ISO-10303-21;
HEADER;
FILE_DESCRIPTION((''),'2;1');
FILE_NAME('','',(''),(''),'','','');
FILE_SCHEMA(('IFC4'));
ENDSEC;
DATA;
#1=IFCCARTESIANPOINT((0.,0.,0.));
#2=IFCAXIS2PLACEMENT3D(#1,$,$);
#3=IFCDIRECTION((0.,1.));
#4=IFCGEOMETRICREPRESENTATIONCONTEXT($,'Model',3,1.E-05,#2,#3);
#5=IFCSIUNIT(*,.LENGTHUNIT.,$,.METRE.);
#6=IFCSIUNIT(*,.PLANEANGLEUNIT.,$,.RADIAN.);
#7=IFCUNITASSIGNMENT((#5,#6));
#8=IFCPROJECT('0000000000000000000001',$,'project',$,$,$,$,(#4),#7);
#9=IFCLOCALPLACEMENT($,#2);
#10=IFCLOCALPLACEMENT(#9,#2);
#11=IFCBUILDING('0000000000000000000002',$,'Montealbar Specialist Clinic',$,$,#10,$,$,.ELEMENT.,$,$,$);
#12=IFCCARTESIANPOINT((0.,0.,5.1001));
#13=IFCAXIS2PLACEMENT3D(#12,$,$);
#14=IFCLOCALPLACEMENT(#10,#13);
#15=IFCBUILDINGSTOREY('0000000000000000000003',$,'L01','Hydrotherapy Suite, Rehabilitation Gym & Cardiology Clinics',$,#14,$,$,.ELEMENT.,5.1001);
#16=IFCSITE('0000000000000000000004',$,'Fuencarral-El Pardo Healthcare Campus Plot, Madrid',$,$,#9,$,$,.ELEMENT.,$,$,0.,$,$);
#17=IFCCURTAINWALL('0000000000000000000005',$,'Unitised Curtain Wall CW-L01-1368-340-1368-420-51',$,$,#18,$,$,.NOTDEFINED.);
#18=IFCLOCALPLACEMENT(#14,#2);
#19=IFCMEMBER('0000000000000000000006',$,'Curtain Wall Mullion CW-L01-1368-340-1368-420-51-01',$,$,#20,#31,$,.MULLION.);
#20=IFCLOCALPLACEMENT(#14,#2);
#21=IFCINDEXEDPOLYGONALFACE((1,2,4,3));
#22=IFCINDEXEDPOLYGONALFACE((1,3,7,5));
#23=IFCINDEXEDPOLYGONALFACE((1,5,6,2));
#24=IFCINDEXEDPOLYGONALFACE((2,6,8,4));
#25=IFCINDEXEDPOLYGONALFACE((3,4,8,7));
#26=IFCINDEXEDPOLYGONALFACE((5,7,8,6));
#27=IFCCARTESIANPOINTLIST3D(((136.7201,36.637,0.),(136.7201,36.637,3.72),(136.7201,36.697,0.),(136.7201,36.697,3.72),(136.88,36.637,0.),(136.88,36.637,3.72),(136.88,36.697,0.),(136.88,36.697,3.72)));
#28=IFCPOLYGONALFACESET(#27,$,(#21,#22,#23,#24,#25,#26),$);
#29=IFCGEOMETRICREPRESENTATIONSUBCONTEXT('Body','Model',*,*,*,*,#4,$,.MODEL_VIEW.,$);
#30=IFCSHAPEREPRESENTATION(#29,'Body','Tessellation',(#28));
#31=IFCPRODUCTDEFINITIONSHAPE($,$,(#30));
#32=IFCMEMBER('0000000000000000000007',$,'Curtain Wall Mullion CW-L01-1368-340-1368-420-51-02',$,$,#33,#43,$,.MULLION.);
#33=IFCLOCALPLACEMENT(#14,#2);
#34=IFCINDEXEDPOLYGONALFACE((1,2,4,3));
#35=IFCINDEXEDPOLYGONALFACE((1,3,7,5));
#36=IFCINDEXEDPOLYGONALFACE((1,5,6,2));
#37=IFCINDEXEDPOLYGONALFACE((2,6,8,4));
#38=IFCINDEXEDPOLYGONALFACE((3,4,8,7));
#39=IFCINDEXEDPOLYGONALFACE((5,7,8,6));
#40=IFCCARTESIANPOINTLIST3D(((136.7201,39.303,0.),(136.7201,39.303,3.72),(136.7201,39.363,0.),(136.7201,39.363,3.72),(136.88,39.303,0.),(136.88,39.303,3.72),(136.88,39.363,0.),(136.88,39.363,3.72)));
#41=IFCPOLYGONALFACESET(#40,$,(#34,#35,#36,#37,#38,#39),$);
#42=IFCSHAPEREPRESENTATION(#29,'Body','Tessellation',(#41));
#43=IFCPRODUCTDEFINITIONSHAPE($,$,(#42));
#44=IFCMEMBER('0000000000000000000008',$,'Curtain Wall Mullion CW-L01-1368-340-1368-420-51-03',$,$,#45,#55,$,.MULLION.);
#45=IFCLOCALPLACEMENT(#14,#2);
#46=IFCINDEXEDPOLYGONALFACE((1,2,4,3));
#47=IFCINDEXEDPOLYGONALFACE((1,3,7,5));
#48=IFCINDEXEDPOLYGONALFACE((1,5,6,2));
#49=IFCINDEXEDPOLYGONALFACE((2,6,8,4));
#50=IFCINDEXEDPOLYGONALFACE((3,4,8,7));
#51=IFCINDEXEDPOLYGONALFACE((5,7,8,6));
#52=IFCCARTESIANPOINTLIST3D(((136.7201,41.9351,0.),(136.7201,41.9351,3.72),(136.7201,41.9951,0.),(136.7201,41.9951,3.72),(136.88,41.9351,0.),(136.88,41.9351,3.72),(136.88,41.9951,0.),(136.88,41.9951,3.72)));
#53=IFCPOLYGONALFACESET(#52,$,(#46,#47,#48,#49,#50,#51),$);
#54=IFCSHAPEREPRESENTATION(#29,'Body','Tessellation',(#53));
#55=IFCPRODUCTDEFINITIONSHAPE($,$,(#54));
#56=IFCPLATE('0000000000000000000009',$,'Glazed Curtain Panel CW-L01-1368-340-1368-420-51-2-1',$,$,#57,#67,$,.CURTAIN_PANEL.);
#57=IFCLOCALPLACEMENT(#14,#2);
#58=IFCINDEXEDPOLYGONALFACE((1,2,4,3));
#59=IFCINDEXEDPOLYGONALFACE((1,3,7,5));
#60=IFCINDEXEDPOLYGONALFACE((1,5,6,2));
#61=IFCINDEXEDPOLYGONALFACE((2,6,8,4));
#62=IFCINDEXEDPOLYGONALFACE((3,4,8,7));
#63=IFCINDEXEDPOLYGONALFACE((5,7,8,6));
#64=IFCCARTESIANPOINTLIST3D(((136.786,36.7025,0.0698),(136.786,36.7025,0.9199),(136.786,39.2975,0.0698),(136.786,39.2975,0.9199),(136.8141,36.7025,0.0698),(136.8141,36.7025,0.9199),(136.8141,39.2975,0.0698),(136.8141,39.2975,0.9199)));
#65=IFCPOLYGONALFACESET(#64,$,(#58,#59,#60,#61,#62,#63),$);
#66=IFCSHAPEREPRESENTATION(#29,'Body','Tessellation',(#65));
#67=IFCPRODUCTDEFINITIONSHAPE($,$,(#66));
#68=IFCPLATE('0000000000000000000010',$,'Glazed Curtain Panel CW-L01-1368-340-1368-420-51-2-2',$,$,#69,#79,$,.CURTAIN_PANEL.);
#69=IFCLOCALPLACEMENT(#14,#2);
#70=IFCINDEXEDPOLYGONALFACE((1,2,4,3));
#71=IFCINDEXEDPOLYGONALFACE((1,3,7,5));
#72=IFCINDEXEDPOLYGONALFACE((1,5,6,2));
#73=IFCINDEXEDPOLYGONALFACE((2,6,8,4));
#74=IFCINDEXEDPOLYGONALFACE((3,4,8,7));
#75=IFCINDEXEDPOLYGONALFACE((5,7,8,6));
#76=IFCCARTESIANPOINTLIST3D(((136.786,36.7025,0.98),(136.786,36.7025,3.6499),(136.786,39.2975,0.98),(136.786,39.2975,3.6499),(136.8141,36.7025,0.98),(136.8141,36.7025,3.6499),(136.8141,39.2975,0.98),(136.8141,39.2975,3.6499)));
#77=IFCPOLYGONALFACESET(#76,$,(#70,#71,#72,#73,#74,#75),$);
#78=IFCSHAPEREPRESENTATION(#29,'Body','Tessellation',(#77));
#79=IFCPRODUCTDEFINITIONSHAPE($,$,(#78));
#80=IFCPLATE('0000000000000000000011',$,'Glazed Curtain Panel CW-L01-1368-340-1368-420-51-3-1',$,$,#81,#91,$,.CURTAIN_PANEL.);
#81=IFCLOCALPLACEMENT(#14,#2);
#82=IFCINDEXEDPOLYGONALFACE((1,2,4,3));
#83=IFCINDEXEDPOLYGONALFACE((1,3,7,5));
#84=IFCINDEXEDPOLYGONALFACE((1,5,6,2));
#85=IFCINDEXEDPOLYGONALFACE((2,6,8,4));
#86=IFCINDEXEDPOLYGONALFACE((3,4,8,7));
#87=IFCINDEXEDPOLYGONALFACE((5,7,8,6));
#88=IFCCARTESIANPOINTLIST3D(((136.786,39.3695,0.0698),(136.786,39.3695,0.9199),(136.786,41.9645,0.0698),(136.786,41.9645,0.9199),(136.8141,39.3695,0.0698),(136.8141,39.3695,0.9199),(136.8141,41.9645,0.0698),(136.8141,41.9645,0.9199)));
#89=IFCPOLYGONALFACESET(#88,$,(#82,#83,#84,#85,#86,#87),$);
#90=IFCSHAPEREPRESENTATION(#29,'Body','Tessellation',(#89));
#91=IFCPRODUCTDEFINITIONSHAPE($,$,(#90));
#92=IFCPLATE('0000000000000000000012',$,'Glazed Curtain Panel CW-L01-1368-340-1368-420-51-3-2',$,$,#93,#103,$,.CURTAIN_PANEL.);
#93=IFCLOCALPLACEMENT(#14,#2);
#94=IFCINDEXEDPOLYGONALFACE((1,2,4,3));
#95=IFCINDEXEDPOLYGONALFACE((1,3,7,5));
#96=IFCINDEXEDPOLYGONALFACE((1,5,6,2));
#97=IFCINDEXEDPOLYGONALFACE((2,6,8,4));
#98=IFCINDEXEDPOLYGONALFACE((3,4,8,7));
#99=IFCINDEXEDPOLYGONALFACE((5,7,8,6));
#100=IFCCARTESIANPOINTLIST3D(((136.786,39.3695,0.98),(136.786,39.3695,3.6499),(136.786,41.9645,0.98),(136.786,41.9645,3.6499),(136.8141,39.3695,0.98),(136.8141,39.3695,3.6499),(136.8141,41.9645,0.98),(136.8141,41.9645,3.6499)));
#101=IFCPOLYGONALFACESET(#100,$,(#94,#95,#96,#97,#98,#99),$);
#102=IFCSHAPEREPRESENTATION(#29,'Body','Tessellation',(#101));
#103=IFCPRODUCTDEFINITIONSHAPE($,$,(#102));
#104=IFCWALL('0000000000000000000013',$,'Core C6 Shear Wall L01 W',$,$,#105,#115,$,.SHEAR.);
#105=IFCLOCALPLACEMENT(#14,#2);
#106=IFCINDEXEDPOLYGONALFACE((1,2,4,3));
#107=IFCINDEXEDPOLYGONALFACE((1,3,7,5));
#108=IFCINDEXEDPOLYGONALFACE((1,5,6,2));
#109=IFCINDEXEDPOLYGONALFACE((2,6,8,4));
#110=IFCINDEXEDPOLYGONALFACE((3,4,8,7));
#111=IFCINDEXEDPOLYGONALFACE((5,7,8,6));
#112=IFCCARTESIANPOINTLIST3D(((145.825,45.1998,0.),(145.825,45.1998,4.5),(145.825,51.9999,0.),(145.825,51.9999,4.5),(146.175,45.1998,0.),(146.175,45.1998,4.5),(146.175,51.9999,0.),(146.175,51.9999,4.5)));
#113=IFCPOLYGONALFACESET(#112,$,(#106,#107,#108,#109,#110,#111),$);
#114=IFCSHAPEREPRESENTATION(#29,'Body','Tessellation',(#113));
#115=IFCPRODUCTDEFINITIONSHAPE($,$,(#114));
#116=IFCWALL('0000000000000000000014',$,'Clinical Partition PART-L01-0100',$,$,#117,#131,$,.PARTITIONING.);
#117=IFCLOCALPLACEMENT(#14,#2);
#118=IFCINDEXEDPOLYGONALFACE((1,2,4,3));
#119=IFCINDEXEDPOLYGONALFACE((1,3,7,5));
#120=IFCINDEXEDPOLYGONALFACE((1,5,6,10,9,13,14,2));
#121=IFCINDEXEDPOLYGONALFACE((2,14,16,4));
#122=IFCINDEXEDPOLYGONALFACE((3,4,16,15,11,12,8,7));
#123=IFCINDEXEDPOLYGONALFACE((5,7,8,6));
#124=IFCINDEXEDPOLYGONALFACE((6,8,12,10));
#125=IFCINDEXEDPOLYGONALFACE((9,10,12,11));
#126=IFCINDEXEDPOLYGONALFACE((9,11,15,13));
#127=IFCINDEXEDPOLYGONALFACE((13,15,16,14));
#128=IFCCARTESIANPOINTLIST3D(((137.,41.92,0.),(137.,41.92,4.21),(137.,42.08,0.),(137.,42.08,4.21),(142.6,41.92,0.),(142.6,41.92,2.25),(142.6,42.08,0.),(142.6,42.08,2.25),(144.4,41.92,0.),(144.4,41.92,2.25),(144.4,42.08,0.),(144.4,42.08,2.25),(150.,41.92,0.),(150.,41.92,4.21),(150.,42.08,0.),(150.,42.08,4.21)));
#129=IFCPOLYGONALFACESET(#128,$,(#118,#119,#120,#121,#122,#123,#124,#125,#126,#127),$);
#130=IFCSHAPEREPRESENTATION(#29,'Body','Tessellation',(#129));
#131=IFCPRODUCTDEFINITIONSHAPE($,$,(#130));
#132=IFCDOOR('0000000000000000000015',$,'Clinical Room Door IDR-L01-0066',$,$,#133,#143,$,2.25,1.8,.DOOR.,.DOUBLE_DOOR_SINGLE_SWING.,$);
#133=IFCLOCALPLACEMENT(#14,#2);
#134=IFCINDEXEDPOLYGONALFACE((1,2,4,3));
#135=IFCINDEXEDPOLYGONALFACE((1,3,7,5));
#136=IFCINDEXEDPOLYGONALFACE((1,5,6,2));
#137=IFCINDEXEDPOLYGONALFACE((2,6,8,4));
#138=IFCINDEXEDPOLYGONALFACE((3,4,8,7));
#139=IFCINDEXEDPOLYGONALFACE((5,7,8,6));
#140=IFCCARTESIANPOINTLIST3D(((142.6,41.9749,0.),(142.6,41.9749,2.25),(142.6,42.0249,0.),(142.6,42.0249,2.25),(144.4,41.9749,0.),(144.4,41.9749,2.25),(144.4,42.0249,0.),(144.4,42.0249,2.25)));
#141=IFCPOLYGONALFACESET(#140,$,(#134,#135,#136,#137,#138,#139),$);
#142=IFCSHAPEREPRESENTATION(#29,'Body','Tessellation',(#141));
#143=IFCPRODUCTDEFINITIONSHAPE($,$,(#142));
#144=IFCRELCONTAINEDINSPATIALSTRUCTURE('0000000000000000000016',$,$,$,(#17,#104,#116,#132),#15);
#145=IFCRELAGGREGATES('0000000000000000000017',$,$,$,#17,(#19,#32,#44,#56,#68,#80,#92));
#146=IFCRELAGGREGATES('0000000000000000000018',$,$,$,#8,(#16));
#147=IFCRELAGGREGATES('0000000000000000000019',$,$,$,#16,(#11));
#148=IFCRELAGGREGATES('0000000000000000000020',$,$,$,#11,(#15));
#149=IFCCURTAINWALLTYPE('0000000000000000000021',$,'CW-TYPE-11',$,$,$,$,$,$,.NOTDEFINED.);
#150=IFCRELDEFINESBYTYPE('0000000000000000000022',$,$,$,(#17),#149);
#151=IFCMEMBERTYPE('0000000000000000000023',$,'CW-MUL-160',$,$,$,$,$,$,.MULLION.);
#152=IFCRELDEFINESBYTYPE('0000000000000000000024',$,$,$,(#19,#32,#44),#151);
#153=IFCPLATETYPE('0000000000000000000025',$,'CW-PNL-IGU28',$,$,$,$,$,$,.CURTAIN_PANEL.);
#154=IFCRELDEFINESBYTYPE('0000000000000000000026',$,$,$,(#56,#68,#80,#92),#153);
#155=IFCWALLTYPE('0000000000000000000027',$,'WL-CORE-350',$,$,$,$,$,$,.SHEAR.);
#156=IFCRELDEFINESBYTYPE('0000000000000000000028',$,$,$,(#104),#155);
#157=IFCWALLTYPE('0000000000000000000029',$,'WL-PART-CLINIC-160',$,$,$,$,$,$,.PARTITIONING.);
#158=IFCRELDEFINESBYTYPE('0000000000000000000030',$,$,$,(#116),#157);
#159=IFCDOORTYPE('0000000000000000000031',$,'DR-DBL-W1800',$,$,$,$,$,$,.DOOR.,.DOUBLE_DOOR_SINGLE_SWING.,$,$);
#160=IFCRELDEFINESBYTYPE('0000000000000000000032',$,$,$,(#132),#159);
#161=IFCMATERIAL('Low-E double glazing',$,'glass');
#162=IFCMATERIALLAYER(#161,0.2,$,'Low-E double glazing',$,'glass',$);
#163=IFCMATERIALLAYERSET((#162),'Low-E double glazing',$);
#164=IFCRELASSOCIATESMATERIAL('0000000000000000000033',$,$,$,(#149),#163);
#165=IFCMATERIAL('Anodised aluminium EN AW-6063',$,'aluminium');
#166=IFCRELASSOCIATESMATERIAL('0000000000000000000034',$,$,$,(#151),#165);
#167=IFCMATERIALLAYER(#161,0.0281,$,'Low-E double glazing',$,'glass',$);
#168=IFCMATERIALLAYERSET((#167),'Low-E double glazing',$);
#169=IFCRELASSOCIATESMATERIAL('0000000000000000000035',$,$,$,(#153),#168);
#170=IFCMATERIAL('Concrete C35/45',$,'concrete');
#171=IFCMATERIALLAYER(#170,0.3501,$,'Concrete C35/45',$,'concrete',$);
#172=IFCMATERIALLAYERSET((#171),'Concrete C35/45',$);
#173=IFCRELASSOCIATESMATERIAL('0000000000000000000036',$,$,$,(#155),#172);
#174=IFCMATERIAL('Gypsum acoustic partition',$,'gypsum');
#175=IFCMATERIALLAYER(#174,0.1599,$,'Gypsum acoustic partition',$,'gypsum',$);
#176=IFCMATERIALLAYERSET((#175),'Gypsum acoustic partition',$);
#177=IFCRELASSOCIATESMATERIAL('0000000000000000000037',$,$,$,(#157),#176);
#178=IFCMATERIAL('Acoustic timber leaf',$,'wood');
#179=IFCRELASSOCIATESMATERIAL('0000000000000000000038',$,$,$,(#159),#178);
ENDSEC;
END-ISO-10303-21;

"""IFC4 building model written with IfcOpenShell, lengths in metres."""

from ifc_helpers import new_model, si_unit, direction, frame, frame_2d, origin, origin_2d, place, context, subcontext, project, spatial, rectangle, extrude, material, layer, layer_set, material_profile, profile_set, type_object, element, fill, aggregate, save


model = new_model("IFC4")

# Units and contexts
model_context = context("Model", 3, precision=1e-05, world=origin(), true_north=direction((0.0, 1.0)))
body_context = subcontext(model_context, "Body", "Model", "MODEL_VIEW")
ifc_project = project(units=[si_unit("LENGTHUNIT", "METRE"), si_unit("PLANEANGLEUNIT", "RADIAN")], contexts=[model_context])

# Site, building, storey
site_placement = place(None, origin())
site = spatial("IfcSite", under=ifc_project, at=site_placement, Name="Fuencarral-El Pardo Healthcare Campus Plot, Madrid", CompositionType="ELEMENT", RefElevation=0.0)
building_placement = place(site_placement, origin())
building = spatial("IfcBuilding", under=site, at=building_placement, Name="Montealbar Specialist Clinic", CompositionType="ELEMENT")
storey_placement = place(building_placement, frame((0.0, 0.0, 5.1001)))
storey = spatial("IfcBuildingStorey", under=building, at=storey_placement, Name="L01", Description="Hydrotherapy Suite, Rehabilitation Gym & Cardiology Clinics", CompositionType="ELEMENT", Elevation=5.1001)

# Curtain wall, members, plates
ifc_material_1 = material(Name="Low-E double glazing", Category="glass")
ifc_layer_1 = layer(ifc_material_1, 0.2, Name="Low-E double glazing", Category="glass")
ifc_layer_set_1 = layer_set([ifc_layer_1], Name="Low-E double glazing")
curtain_wall_type = type_object("IfcCurtainWallType", Name="CW-TYPE-11", PredefinedType="NOTDEFINED", material=ifc_layer_set_1)
curtain_wall_placement = place(storey_placement, origin())
curtain_wall = element("IfcCurtainWall", 1, at=curtain_wall_placement, inside=storey, type_object=curtain_wall_type, Name="Unitised Curtain Wall CW-L01-1368-340-1368-420-51", PredefinedType="NOTDEFINED")
ifc_material_2 = material(Name="Anodised aluminium EN AW-6063", Category="aluminium")
ifc_material_profile_1 = material_profile(ifc_material_2, rectangle(XDim=0.0601, YDim=0.1599, at=origin_2d()), Name="ALU 60x160", Category="aluminium")
ifc_profile_set_1 = profile_set([ifc_material_profile_1], Name="Anodised aluminium EN AW-6063")
member_type = type_object("IfcMemberType", Name="CW-MUL-160", PredefinedType="MULLION", material=ifc_profile_set_1)
member_1_placement = place(storey_placement, frame((136.8, 36.667, 0.0), z_axis=(0.0, 0.0, 1.0), x_axis=(0.0, 1.0, 0.0)))
member_1 = element("IfcMember", 2, at=member_1_placement, type_object=member_type, Name="Curtain Wall Mullion CW-L01-1368-340-1368-420-51-01", PredefinedType="MULLION", context=body_context, shape_type="SweptSolid", body=[
    extrude(rectangle(XDim=0.0601, YDim=0.1599, at=origin_2d()), origin(), (0.0, 0.0, 1.0), 3.72),
])
member_2_placement = place(storey_placement, frame((136.8, 39.333, 0.0), z_axis=(0.0, 0.0, 1.0), x_axis=(0.0, 1.0, 0.0)))
member_2 = element("IfcMember", 3, at=member_2_placement, type_object=member_type, Name="Curtain Wall Mullion CW-L01-1368-340-1368-420-51-02", PredefinedType="MULLION", context=body_context, shape_type="SweptSolid", body=[
    extrude(rectangle(XDim=0.0601, YDim=0.1599, at=origin_2d()), origin(), (0.0, 0.0, 1.0), 3.72),
])
member_3_placement = place(storey_placement, frame((136.8, 41.9651, 0.0), z_axis=(0.0, 0.0, 1.0), x_axis=(0.0, 1.0, 0.0)))
member_3 = element("IfcMember", 4, at=member_3_placement, type_object=member_type, Name="Curtain Wall Mullion CW-L01-1368-340-1368-420-51-03", PredefinedType="MULLION", context=body_context, shape_type="SweptSolid", body=[
    extrude(rectangle(XDim=0.0601, YDim=0.1599, at=origin_2d()), origin(), (0.0, 0.0, 1.0), 3.72),
])
ifc_layer_2 = layer(ifc_material_1, 0.0281, Name="Low-E double glazing", Category="glass")
ifc_layer_set_2 = layer_set([ifc_layer_2], Name="Low-E double glazing")
plate_type = type_object("IfcPlateType", Name="CW-PNL-IGU28", PredefinedType="CURTAIN_PANEL", material=ifc_layer_set_2)
plate_1_placement = place(storey_placement, frame((136.8, 38.0, 0.0698), z_axis=(0.0, 0.0, 1.0), x_axis=(0.0, 1.0, 0.0)))
plate_1 = element("IfcPlate", 5, at=plate_1_placement, type_object=plate_type, Name="Glazed Curtain Panel CW-L01-1368-340-1368-420-51-2-1", PredefinedType="CURTAIN_PANEL", context=body_context, shape_type="SweptSolid", body=[
    extrude(rectangle(XDim=2.595, YDim=0.0281, at=origin_2d()), origin(), (0.0, 0.0, 1.0), 0.8501),
])
plate_2_placement = place(storey_placement, frame((136.8, 38.0, 0.98), z_axis=(0.0, 0.0, 1.0), x_axis=(0.0, 1.0, 0.0)))
plate_2 = element("IfcPlate", 6, at=plate_2_placement, type_object=plate_type, Name="Glazed Curtain Panel CW-L01-1368-340-1368-420-51-2-2", PredefinedType="CURTAIN_PANEL", context=body_context, shape_type="SweptSolid", body=[
    extrude(rectangle(XDim=2.595, YDim=0.0281, at=origin_2d()), origin(), (0.0, 0.0, 1.0), 2.6699),
])
plate_3_placement = place(storey_placement, frame((136.8, 40.667, 0.0698), z_axis=(0.0, 0.0, 1.0), x_axis=(0.0, 1.0, 0.0)))
plate_3 = element("IfcPlate", 7, at=plate_3_placement, type_object=plate_type, Name="Glazed Curtain Panel CW-L01-1368-340-1368-420-51-3-1", PredefinedType="CURTAIN_PANEL", context=body_context, shape_type="SweptSolid", body=[
    extrude(rectangle(XDim=2.595, YDim=0.0281, at=origin_2d()), origin(), (0.0, 0.0, 1.0), 0.8501),
])
plate_4_placement = place(storey_placement, frame((136.8, 40.667, 0.98), z_axis=(0.0, 0.0, 1.0), x_axis=(0.0, 1.0, 0.0)))
plate_4 = element("IfcPlate", 8, at=plate_4_placement, type_object=plate_type, Name="Glazed Curtain Panel CW-L01-1368-340-1368-420-51-3-2", PredefinedType="CURTAIN_PANEL", context=body_context, shape_type="SweptSolid", body=[
    extrude(rectangle(XDim=2.595, YDim=0.0281, at=origin_2d()), origin(), (0.0, 0.0, 1.0), 2.6699),
])
aggregate(curtain_wall, [member_1, member_2, member_3, plate_1, plate_2, plate_3, plate_4])

# Shared definitions
ifc_material_3 = material(Name="Concrete C35/45", Category="concrete")
ifc_layer_3 = layer(ifc_material_3, 0.3501, Name="Concrete C35/45", Category="concrete")
ifc_layer_set_3 = layer_set([ifc_layer_3], Name="Concrete C35/45")
wall_type_1 = type_object("IfcWallType", Name="WL-CORE-350", PredefinedType="SHEAR", material=ifc_layer_set_3)

# Wall
wall_1_placement = place(storey_placement, frame((146.0, 45.2, 0.0), z_axis=(0.0, 0.0, 1.0), x_axis=(0.0, 1.0, 0.0)))
element("IfcWall", 9, at=wall_1_placement, inside=storey, type_object=wall_type_1, Name="Core C6 Shear Wall L01 W", PredefinedType="SHEAR", context=body_context, shape_type="SweptSolid", body=[
    extrude(rectangle(XDim=6.8, YDim=0.3501, at=frame_2d((3.3999, 0.0))), origin(), (0.0, 0.0, 1.0), 4.5),
])

# Wall, opening, door
ifc_material_4 = material(Name="Gypsum acoustic partition", Category="gypsum")
ifc_layer_4 = layer(ifc_material_4, 0.1599, Name="Gypsum acoustic partition", Category="gypsum")
ifc_layer_set_4 = layer_set([ifc_layer_4], Name="Gypsum acoustic partition")
wall_type_2 = type_object("IfcWallType", Name="WL-PART-CLINIC-160", PredefinedType="PARTITIONING", material=ifc_layer_set_4)
wall_2_placement = place(storey_placement, frame((137.0, 42.0, 0.0), z_axis=(0.0, 0.0, 1.0), x_axis=(1.0, 0.0, 0.0)))
wall_2 = element("IfcWall", 10, at=wall_2_placement, inside=storey, type_object=wall_type_2, Name="Clinical Partition PART-L01-0100", PredefinedType="PARTITIONING", context=body_context, shape_type="SweptSolid", body=[
    extrude(rectangle(XDim=13.0, YDim=0.1599, at=frame_2d((6.5, 0.0))), origin(), (0.0, 0.0, 1.0), 4.21),
])
opening_1_placement = place(wall_2_placement, frame((5.6001, 0.0, 0.0)))
opening_1 = element("IfcOpeningElement", 11, at=opening_1_placement, cuts=wall_2, PredefinedType="OPENING", context=body_context, shape_type="SweptSolid", body=[
    extrude(rectangle(XDim=1.8, YDim=2.25, at=frame_2d((0.8999, 1.125))), frame((0.0, 0.0898, 0.0), z_axis=(0.0, -1.0, 0.0), x_axis=(1.0, 0.0, 0.0)), (0.0, 0.0, 1.0), 0.1799),
])
ifc_material_5 = material(Name="Acoustic timber leaf", Category="wood")
door_type_1 = type_object("IfcDoorType", Name="DR-DBL-W1800", OperationType="DOUBLE_DOOR_SINGLE_SWING", PredefinedType="DOOR", material=ifc_material_5)
door_1_placement = place(opening_1_placement, origin())
door_1 = element("IfcDoor", 12, at=door_1_placement, inside=storey, type_object=door_type_1, Name="Clinical Room Door IDR-L01-0066", OperationType="DOUBLE_DOOR_SINGLE_SWING", OverallHeight=2.25, OverallWidth=1.8, PredefinedType="DOOR", context=body_context, shape_type="SweptSolid", body=[
    extrude(rectangle(XDim=1.8, YDim=2.25, at=frame_2d((0.8999, 1.125))), frame((0.0, 0.0249, 0.0), z_axis=(0.0, -1.0, 0.0), x_axis=(1.0, 0.0, 0.0)), (0.0, 0.0, 1.0), 0.05),
])
fill(opening_1, door_1)

save(model, "model.ifc")
